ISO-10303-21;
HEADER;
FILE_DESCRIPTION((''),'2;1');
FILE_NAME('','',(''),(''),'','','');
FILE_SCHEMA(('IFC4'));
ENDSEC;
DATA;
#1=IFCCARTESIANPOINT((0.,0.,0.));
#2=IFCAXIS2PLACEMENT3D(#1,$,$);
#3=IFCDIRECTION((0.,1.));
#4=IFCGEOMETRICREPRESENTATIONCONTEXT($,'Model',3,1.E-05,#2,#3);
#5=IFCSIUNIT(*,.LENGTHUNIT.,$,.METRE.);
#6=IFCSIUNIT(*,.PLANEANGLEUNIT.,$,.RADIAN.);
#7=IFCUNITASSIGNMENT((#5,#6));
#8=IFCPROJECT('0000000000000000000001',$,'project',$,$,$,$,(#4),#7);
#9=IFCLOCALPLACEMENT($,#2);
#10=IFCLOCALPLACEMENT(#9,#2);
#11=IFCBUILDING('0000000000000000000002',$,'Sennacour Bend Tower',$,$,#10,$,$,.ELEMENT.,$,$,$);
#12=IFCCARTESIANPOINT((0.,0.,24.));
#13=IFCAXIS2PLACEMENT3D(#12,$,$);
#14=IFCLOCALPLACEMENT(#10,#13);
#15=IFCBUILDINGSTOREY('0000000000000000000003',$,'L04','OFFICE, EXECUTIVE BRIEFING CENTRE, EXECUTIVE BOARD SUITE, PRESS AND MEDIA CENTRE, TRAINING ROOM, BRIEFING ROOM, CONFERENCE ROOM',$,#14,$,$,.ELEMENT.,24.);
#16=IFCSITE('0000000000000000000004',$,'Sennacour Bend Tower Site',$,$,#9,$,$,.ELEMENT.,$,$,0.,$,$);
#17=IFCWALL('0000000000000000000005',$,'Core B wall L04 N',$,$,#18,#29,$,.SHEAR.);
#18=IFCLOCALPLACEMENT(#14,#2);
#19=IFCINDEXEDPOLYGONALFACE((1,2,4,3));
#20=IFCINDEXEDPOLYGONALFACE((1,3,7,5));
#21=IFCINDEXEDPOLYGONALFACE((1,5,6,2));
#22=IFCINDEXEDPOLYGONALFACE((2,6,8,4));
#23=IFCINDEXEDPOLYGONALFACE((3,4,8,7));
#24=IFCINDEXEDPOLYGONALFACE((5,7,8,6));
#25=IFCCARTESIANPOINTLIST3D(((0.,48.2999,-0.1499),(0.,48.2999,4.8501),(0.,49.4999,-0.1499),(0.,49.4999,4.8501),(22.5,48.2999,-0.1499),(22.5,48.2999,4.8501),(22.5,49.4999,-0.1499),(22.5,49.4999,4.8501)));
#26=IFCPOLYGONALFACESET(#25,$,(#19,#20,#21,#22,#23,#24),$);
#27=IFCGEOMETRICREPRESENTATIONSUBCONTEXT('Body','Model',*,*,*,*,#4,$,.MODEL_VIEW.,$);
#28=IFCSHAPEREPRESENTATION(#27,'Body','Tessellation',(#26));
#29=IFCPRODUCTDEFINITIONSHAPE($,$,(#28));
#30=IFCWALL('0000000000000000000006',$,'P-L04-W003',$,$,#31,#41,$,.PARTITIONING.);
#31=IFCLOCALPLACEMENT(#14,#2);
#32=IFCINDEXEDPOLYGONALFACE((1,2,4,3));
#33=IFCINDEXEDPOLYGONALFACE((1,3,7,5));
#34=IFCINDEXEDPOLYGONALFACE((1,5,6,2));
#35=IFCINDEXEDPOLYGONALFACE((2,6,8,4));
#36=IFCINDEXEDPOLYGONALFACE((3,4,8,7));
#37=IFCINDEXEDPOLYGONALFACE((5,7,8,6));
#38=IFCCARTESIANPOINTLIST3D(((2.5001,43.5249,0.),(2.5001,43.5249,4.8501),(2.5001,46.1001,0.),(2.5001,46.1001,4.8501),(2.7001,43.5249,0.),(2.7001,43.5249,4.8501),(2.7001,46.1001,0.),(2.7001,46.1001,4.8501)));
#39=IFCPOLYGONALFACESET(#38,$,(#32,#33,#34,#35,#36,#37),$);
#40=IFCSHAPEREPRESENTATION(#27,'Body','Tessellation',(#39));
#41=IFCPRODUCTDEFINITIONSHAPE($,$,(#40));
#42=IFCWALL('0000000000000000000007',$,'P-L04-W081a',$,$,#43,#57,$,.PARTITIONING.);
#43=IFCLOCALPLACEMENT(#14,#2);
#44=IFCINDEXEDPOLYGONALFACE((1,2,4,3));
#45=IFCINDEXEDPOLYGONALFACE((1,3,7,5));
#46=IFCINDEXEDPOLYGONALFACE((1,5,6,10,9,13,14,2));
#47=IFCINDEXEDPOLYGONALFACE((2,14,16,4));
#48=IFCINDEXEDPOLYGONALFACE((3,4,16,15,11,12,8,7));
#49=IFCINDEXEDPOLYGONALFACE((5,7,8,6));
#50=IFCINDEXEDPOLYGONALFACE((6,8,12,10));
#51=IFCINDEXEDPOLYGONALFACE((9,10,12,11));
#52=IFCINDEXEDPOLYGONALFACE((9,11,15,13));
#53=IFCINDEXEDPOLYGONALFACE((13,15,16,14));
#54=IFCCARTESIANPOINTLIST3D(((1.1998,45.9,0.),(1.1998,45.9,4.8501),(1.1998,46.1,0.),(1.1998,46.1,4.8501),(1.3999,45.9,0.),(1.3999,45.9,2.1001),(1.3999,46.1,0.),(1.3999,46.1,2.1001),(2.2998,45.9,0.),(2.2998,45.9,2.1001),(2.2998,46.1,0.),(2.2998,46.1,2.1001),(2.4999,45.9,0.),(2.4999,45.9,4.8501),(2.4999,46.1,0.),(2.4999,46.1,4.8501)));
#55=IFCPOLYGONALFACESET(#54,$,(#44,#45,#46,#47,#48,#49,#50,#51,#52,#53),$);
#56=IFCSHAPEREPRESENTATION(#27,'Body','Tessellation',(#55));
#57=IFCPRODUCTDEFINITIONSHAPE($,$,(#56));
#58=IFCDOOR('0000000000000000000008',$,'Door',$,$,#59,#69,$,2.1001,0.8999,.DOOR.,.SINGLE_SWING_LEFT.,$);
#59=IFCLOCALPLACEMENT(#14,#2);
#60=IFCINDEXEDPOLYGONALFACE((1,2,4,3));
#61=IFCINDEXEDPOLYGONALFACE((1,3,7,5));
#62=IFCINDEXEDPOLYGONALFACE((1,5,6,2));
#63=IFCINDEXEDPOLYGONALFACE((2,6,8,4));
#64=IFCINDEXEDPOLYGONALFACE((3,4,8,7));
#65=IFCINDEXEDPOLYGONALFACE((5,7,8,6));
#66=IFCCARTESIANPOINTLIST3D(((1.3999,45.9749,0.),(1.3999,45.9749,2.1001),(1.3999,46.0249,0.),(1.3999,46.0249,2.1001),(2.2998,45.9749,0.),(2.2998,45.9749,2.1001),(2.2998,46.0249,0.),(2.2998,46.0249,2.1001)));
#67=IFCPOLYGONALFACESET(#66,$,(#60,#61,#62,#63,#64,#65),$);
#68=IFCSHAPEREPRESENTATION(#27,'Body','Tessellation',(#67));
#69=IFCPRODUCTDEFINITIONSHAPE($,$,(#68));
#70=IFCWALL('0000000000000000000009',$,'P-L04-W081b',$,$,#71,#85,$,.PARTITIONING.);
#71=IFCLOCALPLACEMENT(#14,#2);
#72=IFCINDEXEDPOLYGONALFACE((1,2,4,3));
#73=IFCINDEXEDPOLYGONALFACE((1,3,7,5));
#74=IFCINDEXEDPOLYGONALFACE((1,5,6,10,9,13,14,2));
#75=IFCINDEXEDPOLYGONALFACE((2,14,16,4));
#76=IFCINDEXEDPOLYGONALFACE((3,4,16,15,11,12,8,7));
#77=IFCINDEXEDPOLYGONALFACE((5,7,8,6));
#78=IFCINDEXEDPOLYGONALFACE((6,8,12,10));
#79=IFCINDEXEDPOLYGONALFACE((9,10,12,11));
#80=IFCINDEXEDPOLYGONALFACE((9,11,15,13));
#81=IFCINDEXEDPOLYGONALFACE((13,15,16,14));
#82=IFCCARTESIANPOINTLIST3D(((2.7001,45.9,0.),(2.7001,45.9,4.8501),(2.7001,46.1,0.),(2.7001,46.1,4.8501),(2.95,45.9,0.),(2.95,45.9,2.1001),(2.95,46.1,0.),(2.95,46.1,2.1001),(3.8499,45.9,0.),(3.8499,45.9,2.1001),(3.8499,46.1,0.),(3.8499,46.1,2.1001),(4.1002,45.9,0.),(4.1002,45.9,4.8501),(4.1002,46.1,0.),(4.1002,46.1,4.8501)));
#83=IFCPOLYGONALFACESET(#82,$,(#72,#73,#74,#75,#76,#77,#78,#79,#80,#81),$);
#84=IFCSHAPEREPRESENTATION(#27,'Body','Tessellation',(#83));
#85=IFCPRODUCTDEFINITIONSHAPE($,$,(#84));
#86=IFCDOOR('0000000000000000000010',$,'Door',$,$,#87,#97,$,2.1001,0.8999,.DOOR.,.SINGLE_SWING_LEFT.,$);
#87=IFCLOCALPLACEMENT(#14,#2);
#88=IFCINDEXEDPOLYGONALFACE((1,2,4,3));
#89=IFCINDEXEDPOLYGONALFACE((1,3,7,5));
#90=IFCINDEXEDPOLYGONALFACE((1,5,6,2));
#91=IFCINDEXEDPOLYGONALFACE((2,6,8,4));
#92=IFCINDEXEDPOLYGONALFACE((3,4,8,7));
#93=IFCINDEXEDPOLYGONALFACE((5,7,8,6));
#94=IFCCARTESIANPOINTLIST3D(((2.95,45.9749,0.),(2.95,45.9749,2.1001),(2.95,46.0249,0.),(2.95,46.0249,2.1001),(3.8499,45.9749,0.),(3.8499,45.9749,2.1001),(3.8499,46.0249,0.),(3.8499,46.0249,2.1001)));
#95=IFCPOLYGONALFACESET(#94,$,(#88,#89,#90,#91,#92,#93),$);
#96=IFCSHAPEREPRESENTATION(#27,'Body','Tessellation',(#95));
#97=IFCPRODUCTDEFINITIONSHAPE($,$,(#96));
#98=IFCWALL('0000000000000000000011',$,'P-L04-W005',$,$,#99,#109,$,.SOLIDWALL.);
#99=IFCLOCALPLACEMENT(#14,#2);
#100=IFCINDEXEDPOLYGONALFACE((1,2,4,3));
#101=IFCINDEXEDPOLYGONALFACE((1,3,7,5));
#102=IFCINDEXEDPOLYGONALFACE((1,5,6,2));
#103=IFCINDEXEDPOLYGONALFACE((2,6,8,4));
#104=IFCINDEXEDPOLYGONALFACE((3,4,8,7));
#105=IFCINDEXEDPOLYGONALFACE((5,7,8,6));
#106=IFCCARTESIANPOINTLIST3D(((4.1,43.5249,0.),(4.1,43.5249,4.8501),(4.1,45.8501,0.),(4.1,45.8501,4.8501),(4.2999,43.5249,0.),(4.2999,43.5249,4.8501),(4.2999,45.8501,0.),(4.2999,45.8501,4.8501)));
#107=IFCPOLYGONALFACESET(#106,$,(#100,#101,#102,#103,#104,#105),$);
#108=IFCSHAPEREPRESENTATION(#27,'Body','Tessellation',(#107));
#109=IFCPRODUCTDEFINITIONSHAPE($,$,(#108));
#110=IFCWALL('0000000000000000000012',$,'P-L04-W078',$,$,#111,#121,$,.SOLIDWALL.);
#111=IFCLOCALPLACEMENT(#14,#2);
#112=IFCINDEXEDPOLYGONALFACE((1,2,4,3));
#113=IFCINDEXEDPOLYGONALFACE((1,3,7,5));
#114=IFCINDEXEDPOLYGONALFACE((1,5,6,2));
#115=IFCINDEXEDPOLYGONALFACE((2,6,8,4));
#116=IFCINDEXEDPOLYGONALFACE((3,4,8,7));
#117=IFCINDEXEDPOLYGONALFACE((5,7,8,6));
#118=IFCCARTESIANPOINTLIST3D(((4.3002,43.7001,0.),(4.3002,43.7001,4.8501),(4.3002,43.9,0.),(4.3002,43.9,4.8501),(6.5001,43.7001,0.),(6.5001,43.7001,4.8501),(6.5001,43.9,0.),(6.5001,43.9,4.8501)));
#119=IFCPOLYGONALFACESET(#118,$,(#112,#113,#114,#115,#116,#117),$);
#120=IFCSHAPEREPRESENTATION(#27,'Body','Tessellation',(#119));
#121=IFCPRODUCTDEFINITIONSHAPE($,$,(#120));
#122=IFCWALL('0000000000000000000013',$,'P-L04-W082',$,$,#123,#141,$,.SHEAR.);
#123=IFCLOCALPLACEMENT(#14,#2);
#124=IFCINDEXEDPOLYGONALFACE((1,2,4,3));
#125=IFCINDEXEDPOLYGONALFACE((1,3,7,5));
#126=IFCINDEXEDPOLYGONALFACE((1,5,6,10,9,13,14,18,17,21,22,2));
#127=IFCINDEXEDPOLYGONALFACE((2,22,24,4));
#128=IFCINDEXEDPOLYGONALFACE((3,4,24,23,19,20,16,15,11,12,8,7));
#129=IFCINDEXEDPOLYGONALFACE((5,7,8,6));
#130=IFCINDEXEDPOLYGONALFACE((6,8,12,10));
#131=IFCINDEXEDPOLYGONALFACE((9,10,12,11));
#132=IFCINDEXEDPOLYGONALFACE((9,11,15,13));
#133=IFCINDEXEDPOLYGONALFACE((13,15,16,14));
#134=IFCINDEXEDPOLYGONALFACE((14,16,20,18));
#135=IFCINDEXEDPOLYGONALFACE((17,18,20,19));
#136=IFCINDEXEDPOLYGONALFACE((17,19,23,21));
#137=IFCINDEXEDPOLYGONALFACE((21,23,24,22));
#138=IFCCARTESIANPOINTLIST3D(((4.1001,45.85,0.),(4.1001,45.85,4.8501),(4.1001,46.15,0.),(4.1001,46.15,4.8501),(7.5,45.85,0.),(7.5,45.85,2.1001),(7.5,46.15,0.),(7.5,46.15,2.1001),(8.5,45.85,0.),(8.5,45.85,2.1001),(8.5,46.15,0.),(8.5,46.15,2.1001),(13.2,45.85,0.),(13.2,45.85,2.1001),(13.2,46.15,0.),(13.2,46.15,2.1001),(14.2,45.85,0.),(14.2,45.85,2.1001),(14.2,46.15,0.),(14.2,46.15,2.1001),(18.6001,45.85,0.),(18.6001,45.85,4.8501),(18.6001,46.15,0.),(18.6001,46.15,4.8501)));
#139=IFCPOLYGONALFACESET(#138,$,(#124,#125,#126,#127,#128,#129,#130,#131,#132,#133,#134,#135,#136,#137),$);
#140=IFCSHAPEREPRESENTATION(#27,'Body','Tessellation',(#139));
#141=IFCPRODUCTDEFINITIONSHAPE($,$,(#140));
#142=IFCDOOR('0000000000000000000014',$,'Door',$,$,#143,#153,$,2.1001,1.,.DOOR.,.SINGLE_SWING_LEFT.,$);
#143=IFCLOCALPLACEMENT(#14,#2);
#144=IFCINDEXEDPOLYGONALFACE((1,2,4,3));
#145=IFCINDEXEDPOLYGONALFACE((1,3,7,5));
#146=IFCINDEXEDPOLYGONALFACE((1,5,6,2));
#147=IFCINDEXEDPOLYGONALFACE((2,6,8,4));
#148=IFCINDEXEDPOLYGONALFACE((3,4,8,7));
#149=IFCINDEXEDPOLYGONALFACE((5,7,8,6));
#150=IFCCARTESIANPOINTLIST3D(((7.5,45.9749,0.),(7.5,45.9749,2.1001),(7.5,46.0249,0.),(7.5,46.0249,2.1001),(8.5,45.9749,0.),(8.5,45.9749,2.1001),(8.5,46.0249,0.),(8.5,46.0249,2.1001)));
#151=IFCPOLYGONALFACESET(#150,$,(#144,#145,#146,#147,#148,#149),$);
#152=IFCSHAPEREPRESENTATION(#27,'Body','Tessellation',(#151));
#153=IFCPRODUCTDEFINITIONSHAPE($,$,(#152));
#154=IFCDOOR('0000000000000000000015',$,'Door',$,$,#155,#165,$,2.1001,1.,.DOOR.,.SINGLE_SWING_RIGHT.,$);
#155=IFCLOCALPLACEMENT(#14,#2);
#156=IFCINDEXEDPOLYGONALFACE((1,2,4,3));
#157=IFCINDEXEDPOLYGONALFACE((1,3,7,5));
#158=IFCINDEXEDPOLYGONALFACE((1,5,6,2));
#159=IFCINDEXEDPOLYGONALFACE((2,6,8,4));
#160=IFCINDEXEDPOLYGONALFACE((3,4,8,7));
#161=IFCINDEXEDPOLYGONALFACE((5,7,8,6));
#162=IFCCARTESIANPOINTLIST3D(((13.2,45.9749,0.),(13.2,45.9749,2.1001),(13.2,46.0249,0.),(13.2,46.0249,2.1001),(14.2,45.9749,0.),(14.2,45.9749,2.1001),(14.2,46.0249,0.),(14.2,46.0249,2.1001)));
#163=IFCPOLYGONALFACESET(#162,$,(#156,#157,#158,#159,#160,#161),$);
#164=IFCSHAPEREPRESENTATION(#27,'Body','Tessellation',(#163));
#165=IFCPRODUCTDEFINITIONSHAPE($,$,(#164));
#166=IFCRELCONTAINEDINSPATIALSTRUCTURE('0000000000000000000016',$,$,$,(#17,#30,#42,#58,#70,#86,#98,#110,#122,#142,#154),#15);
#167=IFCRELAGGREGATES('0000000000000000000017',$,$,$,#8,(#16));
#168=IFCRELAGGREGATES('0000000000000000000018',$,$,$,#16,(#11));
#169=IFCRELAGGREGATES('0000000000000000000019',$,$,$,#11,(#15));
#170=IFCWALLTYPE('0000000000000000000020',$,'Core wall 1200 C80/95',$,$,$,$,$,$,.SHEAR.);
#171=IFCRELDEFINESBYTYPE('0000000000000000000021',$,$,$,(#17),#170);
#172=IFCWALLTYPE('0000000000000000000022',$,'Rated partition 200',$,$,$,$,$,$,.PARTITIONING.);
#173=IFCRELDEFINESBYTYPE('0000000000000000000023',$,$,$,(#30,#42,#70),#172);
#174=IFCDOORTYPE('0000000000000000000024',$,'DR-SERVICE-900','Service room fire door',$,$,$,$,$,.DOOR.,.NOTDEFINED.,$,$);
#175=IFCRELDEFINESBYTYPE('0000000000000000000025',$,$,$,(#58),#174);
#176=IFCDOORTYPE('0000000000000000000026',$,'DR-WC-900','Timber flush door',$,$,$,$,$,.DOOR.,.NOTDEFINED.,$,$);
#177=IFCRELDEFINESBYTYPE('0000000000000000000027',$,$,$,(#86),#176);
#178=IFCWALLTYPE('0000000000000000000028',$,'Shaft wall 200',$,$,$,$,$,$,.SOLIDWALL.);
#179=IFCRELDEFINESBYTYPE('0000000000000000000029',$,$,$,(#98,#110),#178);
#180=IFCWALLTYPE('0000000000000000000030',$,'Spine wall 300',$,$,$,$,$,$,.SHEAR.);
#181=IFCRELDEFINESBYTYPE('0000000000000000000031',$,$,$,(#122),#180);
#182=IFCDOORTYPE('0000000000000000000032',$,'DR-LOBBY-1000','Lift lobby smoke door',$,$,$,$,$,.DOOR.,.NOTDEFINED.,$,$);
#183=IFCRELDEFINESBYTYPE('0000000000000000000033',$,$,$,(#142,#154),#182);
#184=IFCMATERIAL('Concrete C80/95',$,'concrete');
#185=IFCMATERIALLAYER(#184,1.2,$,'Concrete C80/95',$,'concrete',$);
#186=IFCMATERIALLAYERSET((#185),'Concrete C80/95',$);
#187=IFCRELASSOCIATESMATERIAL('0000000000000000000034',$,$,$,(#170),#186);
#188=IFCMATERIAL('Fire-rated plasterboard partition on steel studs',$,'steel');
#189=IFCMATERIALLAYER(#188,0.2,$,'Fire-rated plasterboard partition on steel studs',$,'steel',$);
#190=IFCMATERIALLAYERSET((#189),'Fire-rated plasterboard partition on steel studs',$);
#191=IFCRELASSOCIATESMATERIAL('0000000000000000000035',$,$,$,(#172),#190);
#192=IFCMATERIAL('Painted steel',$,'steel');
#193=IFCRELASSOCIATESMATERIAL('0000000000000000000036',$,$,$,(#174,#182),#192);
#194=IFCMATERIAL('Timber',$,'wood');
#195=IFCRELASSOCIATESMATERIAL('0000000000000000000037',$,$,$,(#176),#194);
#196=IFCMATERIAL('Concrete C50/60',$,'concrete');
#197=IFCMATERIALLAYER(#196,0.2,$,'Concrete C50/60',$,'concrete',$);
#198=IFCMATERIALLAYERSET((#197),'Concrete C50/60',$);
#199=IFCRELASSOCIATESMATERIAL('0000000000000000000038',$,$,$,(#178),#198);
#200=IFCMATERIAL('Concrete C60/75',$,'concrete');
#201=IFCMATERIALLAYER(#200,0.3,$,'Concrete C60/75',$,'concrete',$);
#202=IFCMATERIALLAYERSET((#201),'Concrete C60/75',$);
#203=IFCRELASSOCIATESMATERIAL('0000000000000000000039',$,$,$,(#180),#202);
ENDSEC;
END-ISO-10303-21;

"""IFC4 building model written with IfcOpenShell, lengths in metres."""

from ifc_helpers import new_model, si_unit, direction, frame, frame_2d, origin, place, context, subcontext, project, spatial, rectangle, extrude, material, layer, layer_set, type_object, element, fill, save


model = new_model("IFC4")

# Units and contexts
model_context = context("Model", 3, precision=1e-05, world=origin(), true_north=direction((0.0, 1.0)))
body_context = subcontext(model_context, "Body", "Model", "MODEL_VIEW")
ifc_project = project(units=[si_unit("LENGTHUNIT", "METRE"), si_unit("PLANEANGLEUNIT", "RADIAN")], contexts=[model_context])

# Site, building, storey
site_placement = place(None, origin())
site = spatial("IfcSite", under=ifc_project, at=site_placement, Name="Sennacour Bend Tower Site", CompositionType="ELEMENT", RefElevation=0.0)
building_placement = place(site_placement, origin())
building = spatial("IfcBuilding", under=site, at=building_placement, Name="Sennacour Bend Tower", CompositionType="ELEMENT")
storey_placement = place(building_placement, frame((0.0, 0.0, 24.0)))
storey = spatial("IfcBuildingStorey", under=building, at=storey_placement, Name="L04", Description="OFFICE, EXECUTIVE BRIEFING CENTRE, EXECUTIVE BOARD SUITE, PRESS AND MEDIA CENTRE, TRAINING ROOM, BRIEFING ROOM, CONFERENCE ROOM", CompositionType="ELEMENT", Elevation=24.0)

# Walls
ifc_material_1 = material(Name="Concrete C80/95", Category="concrete")
ifc_layer_1 = layer(ifc_material_1, 1.2, Name="Concrete C80/95", Category="concrete")
ifc_layer_set_1 = layer_set([ifc_layer_1], Name="Concrete C80/95")
wall_type_1 = type_object("IfcWallType", Name="Core wall 1200 C80/95", PredefinedType="SHEAR", material=ifc_layer_set_1)
wall_1_placement = place(storey_placement, frame((0.0, 48.8999, -0.1499), z_axis=(0.0, 0.0, 1.0), x_axis=(1.0, 0.0, 0.0)))
element("IfcWall", 1, at=wall_1_placement, inside=storey, type_object=wall_type_1, Name="Core B wall L04 N", PredefinedType="SHEAR", context=body_context, shape_type="SweptSolid", body=[
    extrude(rectangle(XDim=22.5, YDim=1.2, at=frame_2d((11.25, 0.0))), origin(), (0.0, 0.0, 1.0), 5.0),
])
ifc_material_2 = material(Name="Fire-rated plasterboard partition on steel studs", Category="steel")
ifc_layer_2 = layer(ifc_material_2, 0.2, Name="Fire-rated plasterboard partition on steel studs", Category="steel")
ifc_layer_set_2 = layer_set([ifc_layer_2], Name="Fire-rated plasterboard partition on steel studs")
wall_type_2 = type_object("IfcWallType", Name="Rated partition 200", PredefinedType="PARTITIONING", material=ifc_layer_set_2)
wall_2_placement = place(storey_placement, frame((2.6001, 43.5249, 0.0), z_axis=(0.0, 0.0, 1.0), x_axis=(0.0, 1.0, 0.0)))
element("IfcWall", 2, at=wall_2_placement, inside=storey, type_object=wall_type_2, Name="P-L04-W003", PredefinedType="PARTITIONING", context=body_context, shape_type="SweptSolid", body=[
    extrude(rectangle(XDim=2.5752, YDim=0.2, at=frame_2d((1.2876, 0.0))), origin(), (0.0, 0.0, 1.0), 4.8501),
])

# Walls, openings, doors
wall_3_placement = place(storey_placement, frame((1.2, 46.0, 0.0), z_axis=(0.0, 0.0, 1.0), x_axis=(1.0, 0.0, 0.0)))
wall_3 = element("IfcWall", 3, at=wall_3_placement, inside=storey, type_object=wall_type_2, Name="P-L04-W081a", PredefinedType="PARTITIONING", context=body_context, shape_type="SweptSolid", body=[
    extrude(rectangle(XDim=1.3, YDim=0.2, at=frame_2d((0.6499, 0.0))), origin(), (0.0, 0.0, 1.0), 4.8501),
])
opening_1_placement = place(wall_3_placement, frame((0.2, 0.0, 0.0)))
opening_1 = element("IfcOpeningElement", 4, at=opening_1_placement, cuts=wall_3, PredefinedType="OPENING", context=body_context, shape_type="SweptSolid", body=[
    extrude(rectangle(XDim=0.8999, YDim=2.1001, at=frame_2d((0.45, 1.05))), frame((0.0, 0.1099, 0.0), z_axis=(0.0, -1.0, 0.0), x_axis=(1.0, 0.0, 0.0)), (0.0, 0.0, 1.0), 0.22),
])
ifc_material_3 = material(Name="Painted steel", Category="steel")
door_type_1 = type_object("IfcDoorType", Name="DR-SERVICE-900", Description="Service room fire door", OperationType="NOTDEFINED", PredefinedType="DOOR", material=ifc_material_3)
door_1_placement = place(opening_1_placement, origin())
door_1 = element("IfcDoor", 5, at=door_1_placement, inside=storey, type_object=door_type_1, Name="Door", OperationType="SINGLE_SWING_LEFT", OverallHeight=2.1001, OverallWidth=0.8999, PredefinedType="DOOR", context=body_context, shape_type="SweptSolid", body=[
    extrude(rectangle(XDim=0.8999, YDim=2.1001, at=frame_2d((0.45, 1.05))), frame((0.0, 0.0249, 0.0), z_axis=(0.0, -1.0, 0.0), x_axis=(1.0, 0.0, 0.0)), (0.0, 0.0, 1.0), 0.05),
])
fill(opening_1, door_1)
wall_4_placement = place(storey_placement, frame((2.7, 46.0, 0.0), z_axis=(0.0, 0.0, 1.0), x_axis=(1.0, 0.0, 0.0)))
wall_4 = element("IfcWall", 6, at=wall_4_placement, inside=storey, type_object=wall_type_2, Name="P-L04-W081b", PredefinedType="PARTITIONING", context=body_context, shape_type="SweptSolid", body=[
    extrude(rectangle(XDim=1.4001, YDim=0.2, at=frame_2d((0.7002, 0.0))), origin(), (0.0, 0.0, 1.0), 4.8501),
])
opening_2_placement = place(wall_4_placement, frame((0.25, 0.0, 0.0)))
opening_2 = element("IfcOpeningElement", 7, at=opening_2_placement, cuts=wall_4, PredefinedType="OPENING", context=body_context, shape_type="SweptSolid", body=[
    extrude(rectangle(XDim=0.8999, YDim=2.1001, at=frame_2d((0.45, 1.05))), frame((0.0, 0.1099, 0.0), z_axis=(0.0, -1.0, 0.0), x_axis=(1.0, 0.0, 0.0)), (0.0, 0.0, 1.0), 0.22),
])
ifc_material_4 = material(Name="Timber", Category="wood")
door_type_2 = type_object("IfcDoorType", Name="DR-WC-900", Description="Timber flush door", OperationType="NOTDEFINED", PredefinedType="DOOR", material=ifc_material_4)
door_2_placement = place(opening_2_placement, origin())
door_2 = element("IfcDoor", 8, at=door_2_placement, inside=storey, type_object=door_type_2, Name="Door", OperationType="SINGLE_SWING_LEFT", OverallHeight=2.1001, OverallWidth=0.8999, PredefinedType="DOOR", context=body_context, shape_type="SweptSolid", body=[
    extrude(rectangle(XDim=0.8999, YDim=2.1001, at=frame_2d((0.45, 1.05))), frame((0.0, 0.0249, 0.0), z_axis=(0.0, -1.0, 0.0), x_axis=(1.0, 0.0, 0.0)), (0.0, 0.0, 1.0), 0.05),
])
fill(opening_2, door_2)

# Walls
ifc_material_5 = material(Name="Concrete C50/60", Category="concrete")
ifc_layer_3 = layer(ifc_material_5, 0.2, Name="Concrete C50/60", Category="concrete")
ifc_layer_set_3 = layer_set([ifc_layer_3], Name="Concrete C50/60")
wall_type_3 = type_object("IfcWallType", Name="Shaft wall 200", PredefinedType="SOLIDWALL", material=ifc_layer_set_3)
wall_5_placement = place(storey_placement, frame((4.2, 43.5249, 0.0), z_axis=(0.0, 0.0, 1.0), x_axis=(0.0, 1.0, 0.0)))
element("IfcWall", 9, at=wall_5_placement, inside=storey, type_object=wall_type_3, Name="P-L04-W005", PredefinedType="SOLIDWALL", context=body_context, shape_type="SweptSolid", body=[
    extrude(rectangle(XDim=2.3252, YDim=0.2, at=frame_2d((1.1626, 0.0))), origin(), (0.0, 0.0, 1.0), 4.8501),
])
wall_6_placement = place(storey_placement, frame((4.3, 43.8, 0.0), z_axis=(0.0, 0.0, 1.0), x_axis=(1.0, 0.0, 0.0)))
element("IfcWall", 10, at=wall_6_placement, inside=storey, type_object=wall_type_3, Name="P-L04-W078", PredefinedType="SOLIDWALL", context=body_context, shape_type="SweptSolid", body=[
    extrude(rectangle(XDim=2.2, YDim=0.2, at=frame_2d((1.1001, 0.0))), origin(), (0.0, 0.0, 1.0), 4.8501),
])

# Wall, openings, doors
ifc_material_6 = material(Name="Concrete C60/75", Category="concrete")
ifc_layer_4 = layer(ifc_material_6, 0.3, Name="Concrete C60/75", Category="concrete")
ifc_layer_set_4 = layer_set([ifc_layer_4], Name="Concrete C60/75")
wall_type_4 = type_object("IfcWallType", Name="Spine wall 300", PredefinedType="SHEAR", material=ifc_layer_set_4)
wall_7_placement = place(storey_placement, frame((4.1001, 46.0, 0.0), z_axis=(0.0, 0.0, 1.0), x_axis=(1.0, 0.0, 0.0)))
wall_7 = element("IfcWall", 11, at=wall_7_placement, inside=storey, type_object=wall_type_4, Name="P-L04-W082", PredefinedType="SHEAR", context=body_context, shape_type="SweptSolid", body=[
    extrude(rectangle(XDim=14.5, YDim=0.3, at=frame_2d((7.25, 0.0))), origin(), (0.0, 0.0, 1.0), 4.8501),
])
opening_3_placement = place(wall_7_placement, frame((3.3999, 0.0, 0.0)))
opening_3 = element("IfcOpeningElement", 12, at=opening_3_placement, cuts=wall_7, PredefinedType="OPENING", context=body_context, shape_type="SweptSolid", body=[
    extrude(rectangle(XDim=1.0, YDim=2.1001, at=frame_2d((0.5, 1.05))), frame((0.0, 0.1602, 0.0), z_axis=(0.0, -1.0, 0.0), x_axis=(1.0, 0.0, 0.0)), (0.0, 0.0, 1.0), 0.3201),
])
opening_4_placement = place(wall_7_placement, frame((9.0999, 0.0, 0.0)))
opening_4 = element("IfcOpeningElement", 13, at=opening_4_placement, cuts=wall_7, PredefinedType="OPENING", context=body_context, shape_type="SweptSolid", body=[
    extrude(rectangle(XDim=1.0, YDim=2.1001, at=frame_2d((0.5, 1.05))), frame((0.0, 0.1602, 0.0), z_axis=(0.0, -1.0, 0.0), x_axis=(1.0, 0.0, 0.0)), (0.0, 0.0, 1.0), 0.3201),
])
door_type_3 = type_object("IfcDoorType", Name="DR-LOBBY-1000", Description="Lift lobby smoke door", OperationType="NOTDEFINED", PredefinedType="DOOR", material=ifc_material_3)
door_3_placement = place(opening_3_placement, origin())
door_3 = element("IfcDoor", 14, at=door_3_placement, inside=storey, type_object=door_type_3, Name="Door", OperationType="SINGLE_SWING_LEFT", OverallHeight=2.1001, OverallWidth=1.0, PredefinedType="DOOR", context=body_context, shape_type="SweptSolid", body=[
    extrude(rectangle(XDim=1.0, YDim=2.1001, at=frame_2d((0.5, 1.05))), frame((0.0, 0.0249, 0.0), z_axis=(0.0, -1.0, 0.0), x_axis=(1.0, 0.0, 0.0)), (0.0, 0.0, 1.0), 0.05),
])
fill(opening_3, door_3)
door_4_placement = place(opening_4_placement, origin())
door_4 = element("IfcDoor", 15, at=door_4_placement, inside=storey, type_object=door_type_3, Name="Door", OperationType="SINGLE_SWING_RIGHT", OverallHeight=2.1001, OverallWidth=1.0, PredefinedType="DOOR", context=body_context, shape_type="SweptSolid", body=[
    extrude(rectangle(XDim=1.0, YDim=2.1001, at=frame_2d((0.5, 1.05))), frame((0.0, 0.0249, 0.0), z_axis=(0.0, -1.0, 0.0), x_axis=(1.0, 0.0, 0.0)), (0.0, 0.0, 1.0), 0.05),
])
fill(opening_4, door_4)

save(model, "model.ifc")
